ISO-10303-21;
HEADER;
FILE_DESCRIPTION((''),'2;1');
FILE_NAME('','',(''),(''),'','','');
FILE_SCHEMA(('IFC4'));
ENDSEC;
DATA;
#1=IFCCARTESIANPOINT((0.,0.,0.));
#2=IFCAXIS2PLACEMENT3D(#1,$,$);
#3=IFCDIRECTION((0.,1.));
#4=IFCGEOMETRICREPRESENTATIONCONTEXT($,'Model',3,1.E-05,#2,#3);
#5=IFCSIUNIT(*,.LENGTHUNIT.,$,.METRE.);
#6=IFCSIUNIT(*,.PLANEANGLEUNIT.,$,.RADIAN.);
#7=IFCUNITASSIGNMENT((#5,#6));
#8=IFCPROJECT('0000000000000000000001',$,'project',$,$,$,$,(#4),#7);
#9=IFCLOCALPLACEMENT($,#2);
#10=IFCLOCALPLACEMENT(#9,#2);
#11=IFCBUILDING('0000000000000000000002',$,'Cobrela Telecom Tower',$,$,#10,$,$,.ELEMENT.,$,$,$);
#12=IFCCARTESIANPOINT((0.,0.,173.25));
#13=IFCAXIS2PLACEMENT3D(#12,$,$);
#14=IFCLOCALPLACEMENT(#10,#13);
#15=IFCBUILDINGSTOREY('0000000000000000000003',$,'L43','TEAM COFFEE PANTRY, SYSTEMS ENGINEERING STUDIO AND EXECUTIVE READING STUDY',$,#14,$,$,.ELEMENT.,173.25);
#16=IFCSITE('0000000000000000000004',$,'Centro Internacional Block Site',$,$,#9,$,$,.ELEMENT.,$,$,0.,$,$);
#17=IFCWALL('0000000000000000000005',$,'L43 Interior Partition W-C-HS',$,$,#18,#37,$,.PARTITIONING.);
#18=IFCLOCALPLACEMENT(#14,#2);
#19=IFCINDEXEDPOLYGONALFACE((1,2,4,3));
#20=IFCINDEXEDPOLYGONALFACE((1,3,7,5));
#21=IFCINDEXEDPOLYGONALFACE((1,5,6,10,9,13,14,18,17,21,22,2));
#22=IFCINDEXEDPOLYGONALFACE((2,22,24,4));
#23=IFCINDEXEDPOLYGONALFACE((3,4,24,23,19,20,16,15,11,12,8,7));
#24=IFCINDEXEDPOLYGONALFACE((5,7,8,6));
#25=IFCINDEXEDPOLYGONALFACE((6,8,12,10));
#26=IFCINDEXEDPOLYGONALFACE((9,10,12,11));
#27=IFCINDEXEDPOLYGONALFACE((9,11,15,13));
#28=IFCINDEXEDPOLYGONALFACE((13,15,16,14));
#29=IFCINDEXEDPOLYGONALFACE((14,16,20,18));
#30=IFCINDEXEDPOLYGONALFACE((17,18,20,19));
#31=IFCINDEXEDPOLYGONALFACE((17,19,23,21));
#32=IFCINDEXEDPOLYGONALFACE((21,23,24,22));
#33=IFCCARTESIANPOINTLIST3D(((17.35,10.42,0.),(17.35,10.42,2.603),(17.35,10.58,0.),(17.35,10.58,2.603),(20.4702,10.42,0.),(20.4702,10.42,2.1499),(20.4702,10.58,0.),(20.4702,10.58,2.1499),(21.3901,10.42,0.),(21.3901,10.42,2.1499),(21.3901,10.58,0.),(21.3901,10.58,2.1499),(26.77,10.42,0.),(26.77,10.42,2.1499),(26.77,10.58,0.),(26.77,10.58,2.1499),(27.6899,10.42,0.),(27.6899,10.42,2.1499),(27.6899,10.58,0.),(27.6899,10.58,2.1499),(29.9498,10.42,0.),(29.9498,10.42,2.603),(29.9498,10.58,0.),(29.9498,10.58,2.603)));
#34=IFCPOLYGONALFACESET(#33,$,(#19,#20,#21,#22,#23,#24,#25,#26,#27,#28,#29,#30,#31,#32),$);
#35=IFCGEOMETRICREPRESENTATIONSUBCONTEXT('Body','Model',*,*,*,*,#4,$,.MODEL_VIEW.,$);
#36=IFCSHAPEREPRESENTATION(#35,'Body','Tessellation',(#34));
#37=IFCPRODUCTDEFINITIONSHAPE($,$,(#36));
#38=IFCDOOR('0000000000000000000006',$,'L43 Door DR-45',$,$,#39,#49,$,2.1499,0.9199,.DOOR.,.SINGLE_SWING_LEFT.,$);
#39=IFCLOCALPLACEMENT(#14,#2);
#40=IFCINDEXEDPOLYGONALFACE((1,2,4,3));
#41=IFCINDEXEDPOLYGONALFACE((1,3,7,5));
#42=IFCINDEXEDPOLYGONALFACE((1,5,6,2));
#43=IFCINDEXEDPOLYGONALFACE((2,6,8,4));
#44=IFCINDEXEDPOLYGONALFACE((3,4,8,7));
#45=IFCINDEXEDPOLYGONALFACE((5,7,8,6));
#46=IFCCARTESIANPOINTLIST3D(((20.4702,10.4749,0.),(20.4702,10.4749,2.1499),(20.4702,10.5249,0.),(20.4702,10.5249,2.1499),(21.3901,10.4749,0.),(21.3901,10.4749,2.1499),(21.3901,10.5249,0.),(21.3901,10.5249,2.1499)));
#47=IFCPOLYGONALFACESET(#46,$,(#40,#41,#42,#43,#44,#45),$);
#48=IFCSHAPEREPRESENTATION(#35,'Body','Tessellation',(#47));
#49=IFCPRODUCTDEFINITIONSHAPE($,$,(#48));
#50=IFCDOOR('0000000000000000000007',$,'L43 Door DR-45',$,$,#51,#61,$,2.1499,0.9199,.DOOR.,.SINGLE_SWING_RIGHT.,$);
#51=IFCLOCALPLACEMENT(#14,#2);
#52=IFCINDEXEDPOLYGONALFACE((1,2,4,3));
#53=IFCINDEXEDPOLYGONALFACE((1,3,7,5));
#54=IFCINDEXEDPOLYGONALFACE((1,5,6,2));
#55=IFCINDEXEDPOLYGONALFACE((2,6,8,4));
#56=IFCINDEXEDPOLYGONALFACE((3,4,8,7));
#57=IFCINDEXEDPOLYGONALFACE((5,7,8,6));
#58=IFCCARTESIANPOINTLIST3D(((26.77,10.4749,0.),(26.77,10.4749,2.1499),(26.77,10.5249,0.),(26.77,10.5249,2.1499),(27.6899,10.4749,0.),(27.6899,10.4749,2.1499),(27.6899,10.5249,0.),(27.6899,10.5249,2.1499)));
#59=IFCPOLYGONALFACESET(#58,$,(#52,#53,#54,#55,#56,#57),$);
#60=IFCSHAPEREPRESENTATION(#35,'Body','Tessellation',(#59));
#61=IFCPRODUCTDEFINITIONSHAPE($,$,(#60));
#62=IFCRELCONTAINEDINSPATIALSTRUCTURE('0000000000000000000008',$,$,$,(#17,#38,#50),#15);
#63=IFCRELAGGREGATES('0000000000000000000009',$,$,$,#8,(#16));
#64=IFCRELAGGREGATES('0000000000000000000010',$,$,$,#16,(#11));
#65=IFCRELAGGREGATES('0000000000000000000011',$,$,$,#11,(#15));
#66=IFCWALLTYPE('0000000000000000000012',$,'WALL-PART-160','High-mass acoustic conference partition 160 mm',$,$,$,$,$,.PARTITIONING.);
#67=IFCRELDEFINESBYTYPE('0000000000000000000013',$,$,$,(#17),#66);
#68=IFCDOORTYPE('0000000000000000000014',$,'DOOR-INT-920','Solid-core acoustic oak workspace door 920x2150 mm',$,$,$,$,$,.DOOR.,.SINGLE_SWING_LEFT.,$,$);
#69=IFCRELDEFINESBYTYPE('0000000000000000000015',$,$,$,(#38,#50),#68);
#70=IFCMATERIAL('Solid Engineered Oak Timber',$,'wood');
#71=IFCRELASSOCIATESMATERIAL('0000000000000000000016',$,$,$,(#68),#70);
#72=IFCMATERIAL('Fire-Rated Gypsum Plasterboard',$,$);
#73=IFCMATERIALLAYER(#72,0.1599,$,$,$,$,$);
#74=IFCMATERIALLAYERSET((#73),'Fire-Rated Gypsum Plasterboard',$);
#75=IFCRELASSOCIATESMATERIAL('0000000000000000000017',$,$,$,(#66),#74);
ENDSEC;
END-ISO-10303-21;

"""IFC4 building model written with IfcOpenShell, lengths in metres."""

from ifc_helpers import new_model, si_unit, direction, frame, frame_2d, origin, place, context, subcontext, project, spatial, rectangle, extrude, material, layer, layer_set, type_object, element, fill, save


model = new_model("IFC4")

# Units and contexts
model_context = context("Model", 3, precision=1e-05, world=origin(), true_north=direction((0.0, 1.0)))
body_context = subcontext(model_context, "Body", "Model", "MODEL_VIEW")
ifc_project = project(units=[si_unit("LENGTHUNIT", "METRE"), si_unit("PLANEANGLEUNIT", "RADIAN")], contexts=[model_context])

# Site, building, storey
site_placement = place(None, origin())
site = spatial("IfcSite", under=ifc_project, at=site_placement, Name="Centro Internacional Block Site", CompositionType="ELEMENT", RefElevation=0.0)
building_placement = place(site_placement, origin())
building = spatial("IfcBuilding", under=site, at=building_placement, Name="Cobrela Telecom Tower", CompositionType="ELEMENT")
storey_placement = place(building_placement, frame((0.0, 0.0, 173.25)))
storey = spatial("IfcBuildingStorey", under=building, at=storey_placement, Name="L43", Description="TEAM COFFEE PANTRY, SYSTEMS ENGINEERING STUDIO AND EXECUTIVE READING STUDY", CompositionType="ELEMENT", Elevation=173.25)

# Shared definitions
ifc_material_1 = material(Name="Fire-Rated Gypsum Plasterboard")
ifc_material_2 = material(Name="Solid Engineered Oak Timber", Category="wood")

# Wall, openings, doors
door_type_1 = type_object("IfcDoorType", Name="DOOR-INT-920", Description="Solid-core acoustic oak workspace door 920x2150 mm", OperationType="SINGLE_SWING_LEFT", PredefinedType="DOOR", material=ifc_material_2)
ifc_layer_1 = layer(ifc_material_1, 0.1599)
ifc_layer_set_1 = layer_set([ifc_layer_1], Name="Fire-Rated Gypsum Plasterboard")
wall_type_1 = type_object("IfcWallType", Name="WALL-PART-160", Description="High-mass acoustic conference partition 160 mm", PredefinedType="PARTITIONING", material=ifc_layer_set_1)
wall_1_placement = place(storey_placement, frame((17.3501, 10.5, 0.0), z_axis=(0.0, 0.0, 1.0), x_axis=(1.0, 0.0, 0.0)))
wall_1 = element("IfcWall", 1, at=wall_1_placement, inside=storey, type_object=wall_type_1, Name="L43 Interior Partition W-C-HS", PredefinedType="PARTITIONING", context=body_context, shape_type="SweptSolid", body=[
    extrude(rectangle(XDim=12.5999, YDim=0.1599, at=frame_2d((6.2998, 0.0))), origin(), (0.0, 0.0, 1.0), 2.603),
])
opening_1_placement = place(wall_1_placement, frame((3.1201, 0.0, 0.0)))
opening_1 = element("IfcOpeningElement", 2, at=opening_1_placement, cuts=wall_1, PredefinedType="OPENING", context=body_context, shape_type="SweptSolid", body=[
    extrude(rectangle(XDim=0.9199, YDim=2.1499, at=frame_2d((0.46, 1.075))), frame((0.0, 0.0918, 0.0), z_axis=(0.0, -1.0, 0.0), x_axis=(1.0, 0.0, 0.0)), (0.0, 0.0, 1.0), 0.1838),
])
opening_2_placement = place(wall_1_placement, frame((9.4199, 0.0, 0.0)))
opening_2 = element("IfcOpeningElement", 3, at=opening_2_placement, cuts=wall_1, PredefinedType="OPENING", context=body_context, shape_type="SweptSolid", body=[
    extrude(rectangle(XDim=0.9199, YDim=2.1499, at=frame_2d((0.46, 1.075))), frame((0.0, 0.0918, 0.0), z_axis=(0.0, -1.0, 0.0), x_axis=(1.0, 0.0, 0.0)), (0.0, 0.0, 1.0), 0.1838),
])
door_1_placement = place(opening_1_placement, origin())
door_1 = element("IfcDoor", 4, at=door_1_placement, inside=storey, type_object=door_type_1, Name="L43 Door DR-45", OperationType="SINGLE_SWING_LEFT", OverallHeight=2.1499, OverallWidth=0.9199, PredefinedType="DOOR", context=body_context, shape_type="SweptSolid", body=[
    extrude(rectangle(XDim=0.9199, YDim=2.1499, at=frame_2d((0.46, 1.075))), frame((0.0, 0.0249, 0.0), z_axis=(0.0, -1.0, 0.0), x_axis=(1.0, 0.0, 0.0)), (0.0, 0.0, 1.0), 0.05),
])
fill(opening_1, door_1)
door_2_placement = place(opening_2_placement, origin())
door_2 = element("IfcDoor", 5, at=door_2_placement, inside=storey, type_object=door_type_1, Name="L43 Door DR-45", OperationType="SINGLE_SWING_RIGHT", OverallHeight=2.1499, OverallWidth=0.9199, PredefinedType="DOOR", context=body_context, shape_type="SweptSolid", body=[
    extrude(rectangle(XDim=0.9199, YDim=2.1499, at=frame_2d((0.46, 1.075))), frame((0.0, 0.0249, 0.0), z_axis=(0.0, -1.0, 0.0), x_axis=(1.0, 0.0, 0.0)), (0.0, 0.0, 1.0), 0.05),
])
fill(opening_2, door_2)

save(model, "model.ifc")
